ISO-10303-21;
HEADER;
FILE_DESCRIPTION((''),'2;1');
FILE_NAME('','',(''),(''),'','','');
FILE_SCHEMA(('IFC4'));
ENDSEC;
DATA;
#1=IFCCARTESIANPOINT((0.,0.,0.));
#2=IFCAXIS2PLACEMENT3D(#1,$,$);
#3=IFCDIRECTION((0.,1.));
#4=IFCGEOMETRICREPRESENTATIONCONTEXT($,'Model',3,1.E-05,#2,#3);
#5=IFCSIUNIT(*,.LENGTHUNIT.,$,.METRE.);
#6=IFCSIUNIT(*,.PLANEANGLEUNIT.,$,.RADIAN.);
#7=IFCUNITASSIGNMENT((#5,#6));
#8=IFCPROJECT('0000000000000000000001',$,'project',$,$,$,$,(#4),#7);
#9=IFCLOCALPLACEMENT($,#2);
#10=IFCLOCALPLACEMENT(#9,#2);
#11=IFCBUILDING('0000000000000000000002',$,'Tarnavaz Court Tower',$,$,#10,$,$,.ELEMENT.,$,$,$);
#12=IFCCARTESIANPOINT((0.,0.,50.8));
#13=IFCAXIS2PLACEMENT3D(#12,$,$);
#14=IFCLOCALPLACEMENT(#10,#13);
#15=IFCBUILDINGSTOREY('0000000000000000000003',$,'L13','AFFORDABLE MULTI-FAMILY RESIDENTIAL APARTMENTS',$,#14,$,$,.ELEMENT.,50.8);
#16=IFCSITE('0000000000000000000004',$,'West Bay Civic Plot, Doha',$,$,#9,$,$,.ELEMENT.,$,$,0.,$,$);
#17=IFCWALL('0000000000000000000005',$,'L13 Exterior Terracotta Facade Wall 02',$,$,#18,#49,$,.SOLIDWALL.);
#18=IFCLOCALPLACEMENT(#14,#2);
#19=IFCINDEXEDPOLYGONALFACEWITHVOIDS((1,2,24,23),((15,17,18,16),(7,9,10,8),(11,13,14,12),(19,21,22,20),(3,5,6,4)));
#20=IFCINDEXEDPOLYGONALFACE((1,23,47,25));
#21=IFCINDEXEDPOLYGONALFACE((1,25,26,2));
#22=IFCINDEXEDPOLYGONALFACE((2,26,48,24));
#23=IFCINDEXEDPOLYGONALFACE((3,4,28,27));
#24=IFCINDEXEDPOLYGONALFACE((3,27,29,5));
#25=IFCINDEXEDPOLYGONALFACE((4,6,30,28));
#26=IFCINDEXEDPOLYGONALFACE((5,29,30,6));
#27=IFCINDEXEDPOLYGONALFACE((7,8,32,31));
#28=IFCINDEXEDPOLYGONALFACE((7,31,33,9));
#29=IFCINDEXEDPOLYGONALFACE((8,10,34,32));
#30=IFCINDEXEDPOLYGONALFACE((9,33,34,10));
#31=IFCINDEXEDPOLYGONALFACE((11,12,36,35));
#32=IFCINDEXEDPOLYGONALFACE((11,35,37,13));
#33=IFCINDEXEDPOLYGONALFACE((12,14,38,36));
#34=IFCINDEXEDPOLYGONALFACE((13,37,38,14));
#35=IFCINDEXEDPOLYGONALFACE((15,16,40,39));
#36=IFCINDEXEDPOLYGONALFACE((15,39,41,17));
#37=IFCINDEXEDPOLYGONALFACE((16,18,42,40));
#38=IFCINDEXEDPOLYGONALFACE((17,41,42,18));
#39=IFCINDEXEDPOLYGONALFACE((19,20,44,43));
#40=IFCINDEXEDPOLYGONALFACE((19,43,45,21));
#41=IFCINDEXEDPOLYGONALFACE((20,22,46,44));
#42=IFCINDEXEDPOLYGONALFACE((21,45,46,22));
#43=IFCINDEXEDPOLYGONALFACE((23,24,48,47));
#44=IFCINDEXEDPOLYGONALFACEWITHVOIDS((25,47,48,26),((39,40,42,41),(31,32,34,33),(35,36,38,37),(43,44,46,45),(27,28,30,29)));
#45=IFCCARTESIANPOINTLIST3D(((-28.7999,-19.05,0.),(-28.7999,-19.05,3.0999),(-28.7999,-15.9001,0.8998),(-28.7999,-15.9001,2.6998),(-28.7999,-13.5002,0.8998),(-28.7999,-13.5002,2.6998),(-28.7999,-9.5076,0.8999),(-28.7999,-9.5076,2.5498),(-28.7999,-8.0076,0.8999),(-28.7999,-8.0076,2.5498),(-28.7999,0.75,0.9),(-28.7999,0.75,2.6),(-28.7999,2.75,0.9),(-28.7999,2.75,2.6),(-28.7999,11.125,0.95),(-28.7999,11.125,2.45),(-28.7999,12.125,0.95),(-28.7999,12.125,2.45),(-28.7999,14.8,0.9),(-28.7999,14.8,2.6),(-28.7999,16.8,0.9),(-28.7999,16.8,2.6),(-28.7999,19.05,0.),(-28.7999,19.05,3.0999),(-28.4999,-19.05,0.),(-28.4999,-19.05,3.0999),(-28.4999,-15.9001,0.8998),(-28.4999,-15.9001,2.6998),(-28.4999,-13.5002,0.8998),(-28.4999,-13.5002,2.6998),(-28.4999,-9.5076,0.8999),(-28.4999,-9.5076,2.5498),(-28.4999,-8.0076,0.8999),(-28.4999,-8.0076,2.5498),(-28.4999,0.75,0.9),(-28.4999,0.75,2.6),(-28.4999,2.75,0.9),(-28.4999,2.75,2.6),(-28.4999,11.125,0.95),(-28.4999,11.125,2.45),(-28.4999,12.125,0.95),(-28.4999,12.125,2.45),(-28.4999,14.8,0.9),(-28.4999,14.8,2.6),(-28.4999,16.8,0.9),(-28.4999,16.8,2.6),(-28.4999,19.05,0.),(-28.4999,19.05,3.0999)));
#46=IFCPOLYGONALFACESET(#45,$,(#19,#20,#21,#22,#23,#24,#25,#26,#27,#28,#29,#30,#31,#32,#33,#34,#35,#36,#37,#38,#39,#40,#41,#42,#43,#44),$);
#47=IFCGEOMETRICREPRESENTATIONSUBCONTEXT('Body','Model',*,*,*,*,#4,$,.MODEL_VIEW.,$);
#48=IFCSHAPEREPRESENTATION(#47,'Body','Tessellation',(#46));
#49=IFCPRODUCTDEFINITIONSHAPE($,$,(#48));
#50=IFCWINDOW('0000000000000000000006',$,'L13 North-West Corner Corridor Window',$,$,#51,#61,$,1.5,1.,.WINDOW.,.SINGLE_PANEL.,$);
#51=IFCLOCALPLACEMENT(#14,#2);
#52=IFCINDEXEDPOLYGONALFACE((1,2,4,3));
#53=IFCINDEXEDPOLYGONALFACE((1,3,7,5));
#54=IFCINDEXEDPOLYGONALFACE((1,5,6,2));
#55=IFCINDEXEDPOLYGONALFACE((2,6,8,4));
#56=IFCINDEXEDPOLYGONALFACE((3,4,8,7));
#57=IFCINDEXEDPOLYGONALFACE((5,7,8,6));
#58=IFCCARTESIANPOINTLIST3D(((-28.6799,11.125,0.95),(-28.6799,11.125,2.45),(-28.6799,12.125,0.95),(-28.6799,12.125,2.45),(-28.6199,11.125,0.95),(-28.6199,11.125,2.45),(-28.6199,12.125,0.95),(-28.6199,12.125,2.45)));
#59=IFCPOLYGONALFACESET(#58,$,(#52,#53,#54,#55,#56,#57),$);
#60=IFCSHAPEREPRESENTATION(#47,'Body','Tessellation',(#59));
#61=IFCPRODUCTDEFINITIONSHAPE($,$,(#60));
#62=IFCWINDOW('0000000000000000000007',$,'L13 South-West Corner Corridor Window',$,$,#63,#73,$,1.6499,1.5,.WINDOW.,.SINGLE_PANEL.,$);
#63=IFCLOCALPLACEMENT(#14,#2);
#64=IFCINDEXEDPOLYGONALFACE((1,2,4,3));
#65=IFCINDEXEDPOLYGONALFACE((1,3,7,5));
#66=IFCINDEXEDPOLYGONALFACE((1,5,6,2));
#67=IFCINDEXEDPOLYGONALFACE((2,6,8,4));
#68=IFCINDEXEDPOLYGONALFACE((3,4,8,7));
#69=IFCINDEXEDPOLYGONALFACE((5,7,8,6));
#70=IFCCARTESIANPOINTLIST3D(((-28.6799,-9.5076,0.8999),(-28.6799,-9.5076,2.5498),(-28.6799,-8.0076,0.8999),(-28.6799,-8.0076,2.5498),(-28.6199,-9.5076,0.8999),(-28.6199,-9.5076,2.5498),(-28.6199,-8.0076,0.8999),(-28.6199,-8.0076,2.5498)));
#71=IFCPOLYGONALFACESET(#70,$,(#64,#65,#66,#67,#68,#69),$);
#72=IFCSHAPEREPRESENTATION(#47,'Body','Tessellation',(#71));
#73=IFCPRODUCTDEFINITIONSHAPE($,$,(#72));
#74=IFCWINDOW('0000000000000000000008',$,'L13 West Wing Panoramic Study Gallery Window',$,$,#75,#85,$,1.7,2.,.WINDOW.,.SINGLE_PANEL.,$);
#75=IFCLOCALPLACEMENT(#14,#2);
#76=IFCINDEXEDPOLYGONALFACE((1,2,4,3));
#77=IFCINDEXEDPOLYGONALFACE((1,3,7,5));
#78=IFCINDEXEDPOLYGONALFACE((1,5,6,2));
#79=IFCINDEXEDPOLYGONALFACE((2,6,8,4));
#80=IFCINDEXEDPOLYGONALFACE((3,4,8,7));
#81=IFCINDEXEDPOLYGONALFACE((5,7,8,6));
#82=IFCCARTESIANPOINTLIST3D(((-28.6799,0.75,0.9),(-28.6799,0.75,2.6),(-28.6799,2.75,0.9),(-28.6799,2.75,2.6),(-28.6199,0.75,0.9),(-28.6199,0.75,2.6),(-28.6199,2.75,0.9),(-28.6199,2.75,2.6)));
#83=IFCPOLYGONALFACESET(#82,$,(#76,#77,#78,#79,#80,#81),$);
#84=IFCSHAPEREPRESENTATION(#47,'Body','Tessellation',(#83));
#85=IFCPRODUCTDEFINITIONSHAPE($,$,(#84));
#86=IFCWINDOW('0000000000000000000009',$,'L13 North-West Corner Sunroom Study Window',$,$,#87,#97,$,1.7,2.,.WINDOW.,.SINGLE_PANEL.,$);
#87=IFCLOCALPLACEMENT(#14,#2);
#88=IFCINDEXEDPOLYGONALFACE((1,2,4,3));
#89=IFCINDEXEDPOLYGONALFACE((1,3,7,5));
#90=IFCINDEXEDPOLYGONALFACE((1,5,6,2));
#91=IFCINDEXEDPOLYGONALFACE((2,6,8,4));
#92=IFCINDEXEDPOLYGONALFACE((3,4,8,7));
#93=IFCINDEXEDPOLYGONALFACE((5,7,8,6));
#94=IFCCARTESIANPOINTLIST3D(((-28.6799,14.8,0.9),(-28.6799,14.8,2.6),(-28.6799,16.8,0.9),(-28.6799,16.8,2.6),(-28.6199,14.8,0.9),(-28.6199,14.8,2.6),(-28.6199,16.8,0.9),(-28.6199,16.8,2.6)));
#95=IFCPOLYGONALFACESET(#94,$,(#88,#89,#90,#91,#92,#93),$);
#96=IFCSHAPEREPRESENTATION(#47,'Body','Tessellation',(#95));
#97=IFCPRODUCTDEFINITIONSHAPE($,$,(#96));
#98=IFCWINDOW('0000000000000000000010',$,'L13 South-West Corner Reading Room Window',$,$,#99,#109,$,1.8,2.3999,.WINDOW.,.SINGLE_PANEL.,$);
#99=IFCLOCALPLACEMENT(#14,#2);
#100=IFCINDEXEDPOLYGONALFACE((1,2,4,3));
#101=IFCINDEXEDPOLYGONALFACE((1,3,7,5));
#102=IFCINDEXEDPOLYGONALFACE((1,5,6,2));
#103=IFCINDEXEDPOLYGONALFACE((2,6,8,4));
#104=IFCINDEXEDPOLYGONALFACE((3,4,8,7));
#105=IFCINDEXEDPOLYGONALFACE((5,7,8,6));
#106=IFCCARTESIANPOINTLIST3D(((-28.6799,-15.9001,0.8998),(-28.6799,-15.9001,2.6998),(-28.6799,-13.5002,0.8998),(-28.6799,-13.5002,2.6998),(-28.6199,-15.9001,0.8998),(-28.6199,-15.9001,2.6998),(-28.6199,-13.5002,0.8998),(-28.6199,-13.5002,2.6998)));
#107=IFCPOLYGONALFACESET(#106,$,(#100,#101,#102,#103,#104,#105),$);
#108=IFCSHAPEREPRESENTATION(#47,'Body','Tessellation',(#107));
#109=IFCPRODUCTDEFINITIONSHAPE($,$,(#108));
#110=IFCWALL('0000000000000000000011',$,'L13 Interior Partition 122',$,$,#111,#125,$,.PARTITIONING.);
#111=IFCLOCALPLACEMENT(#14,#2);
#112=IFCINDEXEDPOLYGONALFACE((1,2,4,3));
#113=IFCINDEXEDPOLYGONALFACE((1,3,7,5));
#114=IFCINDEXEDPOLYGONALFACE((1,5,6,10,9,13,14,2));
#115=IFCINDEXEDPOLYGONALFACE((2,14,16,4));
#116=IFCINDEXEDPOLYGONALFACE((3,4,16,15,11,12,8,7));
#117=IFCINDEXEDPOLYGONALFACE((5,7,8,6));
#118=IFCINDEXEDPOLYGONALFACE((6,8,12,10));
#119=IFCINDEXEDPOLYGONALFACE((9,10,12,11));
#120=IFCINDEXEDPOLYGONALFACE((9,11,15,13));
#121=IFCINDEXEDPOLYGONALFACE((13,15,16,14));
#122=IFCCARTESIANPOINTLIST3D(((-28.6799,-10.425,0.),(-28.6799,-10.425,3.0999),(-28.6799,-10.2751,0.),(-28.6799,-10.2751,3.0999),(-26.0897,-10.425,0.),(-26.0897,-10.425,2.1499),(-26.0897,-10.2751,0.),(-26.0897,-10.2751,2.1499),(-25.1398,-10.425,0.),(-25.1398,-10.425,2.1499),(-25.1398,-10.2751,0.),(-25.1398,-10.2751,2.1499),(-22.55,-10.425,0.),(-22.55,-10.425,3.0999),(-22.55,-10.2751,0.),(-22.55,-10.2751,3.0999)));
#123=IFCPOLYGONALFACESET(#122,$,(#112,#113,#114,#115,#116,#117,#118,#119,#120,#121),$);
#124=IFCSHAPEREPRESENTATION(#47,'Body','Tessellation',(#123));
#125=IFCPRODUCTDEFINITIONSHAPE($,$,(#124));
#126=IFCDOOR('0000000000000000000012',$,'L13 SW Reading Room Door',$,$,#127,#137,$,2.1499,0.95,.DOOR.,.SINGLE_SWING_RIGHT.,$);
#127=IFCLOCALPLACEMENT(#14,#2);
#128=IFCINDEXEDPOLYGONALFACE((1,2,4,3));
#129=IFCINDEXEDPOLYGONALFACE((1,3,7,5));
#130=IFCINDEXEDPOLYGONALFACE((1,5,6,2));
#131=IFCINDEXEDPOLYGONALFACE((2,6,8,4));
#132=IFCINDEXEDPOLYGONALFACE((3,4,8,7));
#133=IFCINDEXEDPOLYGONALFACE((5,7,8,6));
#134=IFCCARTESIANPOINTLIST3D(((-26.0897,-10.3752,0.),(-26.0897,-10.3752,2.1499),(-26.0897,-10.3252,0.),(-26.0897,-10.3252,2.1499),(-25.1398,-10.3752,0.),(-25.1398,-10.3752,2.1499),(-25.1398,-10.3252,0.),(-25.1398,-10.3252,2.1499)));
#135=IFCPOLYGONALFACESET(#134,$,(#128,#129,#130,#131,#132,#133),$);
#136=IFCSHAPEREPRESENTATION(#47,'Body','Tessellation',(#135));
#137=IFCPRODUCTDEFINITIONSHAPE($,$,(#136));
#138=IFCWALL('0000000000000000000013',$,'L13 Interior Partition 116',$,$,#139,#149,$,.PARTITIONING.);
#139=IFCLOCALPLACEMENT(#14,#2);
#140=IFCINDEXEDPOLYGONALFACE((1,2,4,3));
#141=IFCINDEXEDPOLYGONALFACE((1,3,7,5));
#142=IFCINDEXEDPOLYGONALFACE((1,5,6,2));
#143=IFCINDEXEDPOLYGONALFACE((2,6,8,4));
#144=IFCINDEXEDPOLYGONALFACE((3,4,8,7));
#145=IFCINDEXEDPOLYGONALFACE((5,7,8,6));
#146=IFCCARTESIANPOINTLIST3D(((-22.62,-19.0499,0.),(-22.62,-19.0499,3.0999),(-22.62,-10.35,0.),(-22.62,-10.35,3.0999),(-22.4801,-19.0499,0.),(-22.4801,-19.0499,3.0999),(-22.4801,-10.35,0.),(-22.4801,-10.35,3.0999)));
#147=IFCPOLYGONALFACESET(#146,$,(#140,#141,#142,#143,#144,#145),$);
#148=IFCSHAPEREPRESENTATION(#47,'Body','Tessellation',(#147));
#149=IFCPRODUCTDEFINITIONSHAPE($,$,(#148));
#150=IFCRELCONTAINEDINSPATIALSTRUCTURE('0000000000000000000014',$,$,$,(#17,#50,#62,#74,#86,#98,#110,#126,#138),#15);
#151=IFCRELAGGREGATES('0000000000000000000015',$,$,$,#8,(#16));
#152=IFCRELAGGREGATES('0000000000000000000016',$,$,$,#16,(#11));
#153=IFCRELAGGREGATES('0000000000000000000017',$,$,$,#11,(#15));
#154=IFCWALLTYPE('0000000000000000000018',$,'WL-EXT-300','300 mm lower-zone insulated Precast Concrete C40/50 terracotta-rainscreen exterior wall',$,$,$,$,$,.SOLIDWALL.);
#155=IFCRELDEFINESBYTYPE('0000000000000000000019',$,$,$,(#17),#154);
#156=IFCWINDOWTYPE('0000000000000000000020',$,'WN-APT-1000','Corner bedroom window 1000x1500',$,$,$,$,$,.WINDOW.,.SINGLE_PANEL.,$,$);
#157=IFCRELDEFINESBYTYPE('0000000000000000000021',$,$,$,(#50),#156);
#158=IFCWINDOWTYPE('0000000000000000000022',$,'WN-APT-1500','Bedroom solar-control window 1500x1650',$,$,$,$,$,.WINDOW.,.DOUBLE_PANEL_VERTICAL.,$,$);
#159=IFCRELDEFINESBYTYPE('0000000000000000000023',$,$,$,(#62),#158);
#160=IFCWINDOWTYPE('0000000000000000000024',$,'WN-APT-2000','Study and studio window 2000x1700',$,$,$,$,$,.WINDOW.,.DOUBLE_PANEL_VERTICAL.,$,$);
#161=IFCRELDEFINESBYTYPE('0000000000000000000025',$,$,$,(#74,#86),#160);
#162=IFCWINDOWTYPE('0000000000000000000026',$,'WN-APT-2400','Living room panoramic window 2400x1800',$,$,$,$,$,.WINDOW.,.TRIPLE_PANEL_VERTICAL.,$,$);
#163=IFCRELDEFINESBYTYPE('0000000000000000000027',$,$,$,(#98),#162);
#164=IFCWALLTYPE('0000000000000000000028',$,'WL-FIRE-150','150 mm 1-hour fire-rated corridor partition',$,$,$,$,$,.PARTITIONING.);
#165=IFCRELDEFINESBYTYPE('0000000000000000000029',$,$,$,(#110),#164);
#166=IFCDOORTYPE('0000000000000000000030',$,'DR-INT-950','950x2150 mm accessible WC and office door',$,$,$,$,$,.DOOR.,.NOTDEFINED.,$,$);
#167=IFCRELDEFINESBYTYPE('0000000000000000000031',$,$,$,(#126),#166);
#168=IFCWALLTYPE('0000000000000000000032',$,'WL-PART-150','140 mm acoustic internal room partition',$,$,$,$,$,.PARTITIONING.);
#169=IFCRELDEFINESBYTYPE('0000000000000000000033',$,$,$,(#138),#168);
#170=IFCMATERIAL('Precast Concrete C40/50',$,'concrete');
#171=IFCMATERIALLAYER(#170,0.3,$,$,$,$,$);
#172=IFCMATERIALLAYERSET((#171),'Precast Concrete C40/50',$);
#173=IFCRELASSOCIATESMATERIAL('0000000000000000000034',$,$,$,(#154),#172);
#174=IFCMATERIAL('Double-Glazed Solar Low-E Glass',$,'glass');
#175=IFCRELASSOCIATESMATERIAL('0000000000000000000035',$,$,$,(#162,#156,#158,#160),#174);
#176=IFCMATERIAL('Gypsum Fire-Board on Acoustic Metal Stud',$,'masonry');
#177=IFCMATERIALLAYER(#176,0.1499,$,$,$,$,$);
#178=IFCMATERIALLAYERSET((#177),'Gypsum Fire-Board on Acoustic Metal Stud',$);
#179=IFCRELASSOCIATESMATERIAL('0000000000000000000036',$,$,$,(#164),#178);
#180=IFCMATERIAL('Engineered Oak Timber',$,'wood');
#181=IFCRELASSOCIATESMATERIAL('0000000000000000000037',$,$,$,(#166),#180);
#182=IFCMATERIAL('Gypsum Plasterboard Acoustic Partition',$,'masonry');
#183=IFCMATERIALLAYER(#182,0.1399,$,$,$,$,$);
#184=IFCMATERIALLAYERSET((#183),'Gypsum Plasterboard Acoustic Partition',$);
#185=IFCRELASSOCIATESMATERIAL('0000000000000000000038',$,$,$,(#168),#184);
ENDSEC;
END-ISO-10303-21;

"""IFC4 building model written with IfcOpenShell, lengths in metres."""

from ifc_helpers import new_model, si_unit, direction, frame, frame_2d, origin, place, context, subcontext, project, spatial, rectangle, extrude, material, layer, layer_set, type_object, element, fill, save


model = new_model("IFC4")

# Units and contexts
model_context = context("Model", 3, precision=1e-05, world=origin(), true_north=direction((0.0, 1.0)))
body_context = subcontext(model_context, "Body", "Model", "MODEL_VIEW")
ifc_project = project(units=[si_unit("LENGTHUNIT", "METRE"), si_unit("PLANEANGLEUNIT", "RADIAN")], contexts=[model_context])

# Site, building, storey
site_placement = place(None, origin())
site = spatial("IfcSite", under=ifc_project, at=site_placement, Name="West Bay Civic Plot, Doha", CompositionType="ELEMENT", RefElevation=0.0)
building_placement = place(site_placement, origin())
building = spatial("IfcBuilding", under=site, at=building_placement, Name="Tarnavaz Court Tower", CompositionType="ELEMENT")
storey_placement = place(building_placement, frame((0.0, 0.0, 50.8)))
storey = spatial("IfcBuildingStorey", under=building, at=storey_placement, Name="L13", Description="AFFORDABLE MULTI-FAMILY RESIDENTIAL APARTMENTS", CompositionType="ELEMENT", Elevation=50.8)

# Shared definitions
ifc_material_1 = material(Name="Precast Concrete C40/50", Category="concrete")
ifc_layer_1 = layer(ifc_material_1, 0.3)
ifc_layer_set_1 = layer_set([ifc_layer_1], Name="Precast Concrete C40/50")
wall_type_1 = type_object("IfcWallType", Name="WL-EXT-300", Description="300 mm lower-zone insulated Precast Concrete C40/50 terracotta-rainscreen exterior wall", PredefinedType="SOLIDWALL", material=ifc_layer_set_1)
ifc_material_2 = material(Name="Double-Glazed Solar Low-E Glass", Category="glass")
window_type_1 = type_object("IfcWindowType", Name="WN-APT-2400", Description="Living room panoramic window 2400x1800", PartitioningType="TRIPLE_PANEL_VERTICAL", PredefinedType="WINDOW", material=ifc_material_2)

# Wall, openings, windows
wall_1_placement = place(storey_placement, frame((-28.6499, -19.05, 0.0), z_axis=(0.0, 0.0, 1.0), x_axis=(0.0, 1.0, 0.0)))
wall_1 = element("IfcWall", 1, at=wall_1_placement, inside=storey, type_object=wall_type_1, Name="L13 Exterior Terracotta Facade Wall 02", PredefinedType="SOLIDWALL", context=body_context, shape_type="SweptSolid", body=[
    extrude(rectangle(XDim=38.1001, YDim=0.3, at=frame_2d((19.05, 0.0))), origin(), (0.0, 0.0, 1.0), 3.0999),
])
opening_1_placement = place(wall_1_placement, frame((3.1499, 0.0, 0.8999)))
opening_1 = element("IfcOpeningElement", 2, at=opening_1_placement, cuts=wall_1, PredefinedType="OPENING", context=body_context, shape_type="SweptSolid", body=[
    extrude(rectangle(XDim=2.3999, YDim=1.8, at=frame_2d((1.2, 0.8999))), frame((0.0, 0.1599, 0.0), z_axis=(0.0, -1.0, 0.0), x_axis=(1.0, 0.0, 0.0)), (0.0, 0.0, 1.0), 0.3201),
])
opening_2_placement = place(wall_1_placement, frame((9.5425, 0.0, 0.8999)))
opening_2 = element("IfcOpeningElement", 3, at=opening_2_placement, cuts=wall_1, PredefinedType="OPENING", context=body_context, shape_type="SweptSolid", body=[
    extrude(rectangle(XDim=1.5, YDim=1.6499, at=frame_2d((0.75, 0.825))), frame((0.0, 0.1599, 0.0), z_axis=(0.0, -1.0, 0.0), x_axis=(1.0, 0.0, 0.0)), (0.0, 0.0, 1.0), 0.3201),
])
opening_3_placement = place(wall_1_placement, frame((19.8, 0.0, 0.8999)))
opening_3 = element("IfcOpeningElement", 4, at=opening_3_placement, cuts=wall_1, PredefinedType="OPENING", context=body_context, shape_type="SweptSolid", body=[
    extrude(rectangle(XDim=2.0, YDim=1.7, at=frame_2d((1.0, 0.8501))), frame((0.0, 0.1599, 0.0), z_axis=(0.0, -1.0, 0.0), x_axis=(1.0, 0.0, 0.0)), (0.0, 0.0, 1.0), 0.3201),
])
opening_4_placement = place(wall_1_placement, frame((30.175, 0.0, 0.95)))
opening_4 = element("IfcOpeningElement", 5, at=opening_4_placement, cuts=wall_1, PredefinedType="OPENING", context=body_context, shape_type="SweptSolid", body=[
    extrude(rectangle(XDim=1.0, YDim=1.5, at=frame_2d((0.5, 0.75))), frame((0.0, 0.1599, 0.0), z_axis=(0.0, -1.0, 0.0), x_axis=(1.0, 0.0, 0.0)), (0.0, 0.0, 1.0), 0.3201),
])
opening_5_placement = place(wall_1_placement, frame((33.8501, 0.0, 0.8999)))
opening_5 = element("IfcOpeningElement", 6, at=opening_5_placement, cuts=wall_1, PredefinedType="OPENING", context=body_context, shape_type="SweptSolid", body=[
    extrude(rectangle(XDim=2.0, YDim=1.7, at=frame_2d((1.0, 0.8501))), frame((0.0, 0.1599, 0.0), z_axis=(0.0, -1.0, 0.0), x_axis=(1.0, 0.0, 0.0)), (0.0, 0.0, 1.0), 0.3201),
])
window_type_2 = type_object("IfcWindowType", Name="WN-APT-1000", Description="Corner bedroom window 1000x1500", PartitioningType="SINGLE_PANEL", PredefinedType="WINDOW", material=ifc_material_2)
window_1_placement = place(opening_4_placement, origin())
window_1 = element("IfcWindow", 7, at=window_1_placement, inside=storey, type_object=window_type_2, Name="L13 North-West Corner Corridor Window", OverallHeight=1.5, OverallWidth=1.0, PartitioningType="SINGLE_PANEL", PredefinedType="WINDOW", context=body_context, shape_type="SweptSolid", body=[
    extrude(rectangle(XDim=1.0, YDim=1.5, at=frame_2d((0.5, 0.75))), frame((0.0, 0.03, 0.0), z_axis=(0.0, -1.0, 0.0), x_axis=(1.0, 0.0, 0.0)), (0.0, 0.0, 1.0), 0.0601),
])
fill(opening_4, window_1)
window_type_3 = type_object("IfcWindowType", Name="WN-APT-1500", Description="Bedroom solar-control window 1500x1650", PartitioningType="DOUBLE_PANEL_VERTICAL", PredefinedType="WINDOW", material=ifc_material_2)
window_2_placement = place(opening_2_placement, origin())
window_2 = element("IfcWindow", 8, at=window_2_placement, inside=storey, type_object=window_type_3, Name="L13 South-West Corner Corridor Window", OverallHeight=1.6499, OverallWidth=1.5, PartitioningType="SINGLE_PANEL", PredefinedType="WINDOW", context=body_context, shape_type="SweptSolid", body=[
    extrude(rectangle(XDim=1.5, YDim=1.6499, at=frame_2d((0.75, 0.825))), frame((0.0, 0.03, 0.0), z_axis=(0.0, -1.0, 0.0), x_axis=(1.0, 0.0, 0.0)), (0.0, 0.0, 1.0), 0.0601),
])
fill(opening_2, window_2)
window_type_4 = type_object("IfcWindowType", Name="WN-APT-2000", Description="Study and studio window 2000x1700", PartitioningType="DOUBLE_PANEL_VERTICAL", PredefinedType="WINDOW", material=ifc_material_2)
window_3_placement = place(opening_3_placement, origin())
window_3 = element("IfcWindow", 9, at=window_3_placement, inside=storey, type_object=window_type_4, Name="L13 West Wing Panoramic Study Gallery Window", OverallHeight=1.7, OverallWidth=2.0, PartitioningType="SINGLE_PANEL", PredefinedType="WINDOW", context=body_context, shape_type="SweptSolid", body=[
    extrude(rectangle(XDim=2.0, YDim=1.7, at=frame_2d((1.0, 0.8501))), frame((0.0, 0.03, 0.0), z_axis=(0.0, -1.0, 0.0), x_axis=(1.0, 0.0, 0.0)), (0.0, 0.0, 1.0), 0.0601),
])
fill(opening_3, window_3)
window_4_placement = place(opening_5_placement, origin())
window_4 = element("IfcWindow", 10, at=window_4_placement, inside=storey, type_object=window_type_4, Name="L13 North-West Corner Sunroom Study Window", OverallHeight=1.7, OverallWidth=2.0, PartitioningType="SINGLE_PANEL", PredefinedType="WINDOW", context=body_context, shape_type="SweptSolid", body=[
    extrude(rectangle(XDim=2.0, YDim=1.7, at=frame_2d((1.0, 0.8501))), frame((0.0, 0.03, 0.0), z_axis=(0.0, -1.0, 0.0), x_axis=(1.0, 0.0, 0.0)), (0.0, 0.0, 1.0), 0.0601),
])
fill(opening_5, window_4)
window_5_placement = place(opening_1_placement, origin())
window_5 = element("IfcWindow", 11, at=window_5_placement, inside=storey, type_object=window_type_1, Name="L13 South-West Corner Reading Room Window", OverallHeight=1.8, OverallWidth=2.3999, PartitioningType="SINGLE_PANEL", PredefinedType="WINDOW", context=body_context, shape_type="SweptSolid", body=[
    extrude(rectangle(XDim=2.3999, YDim=1.8, at=frame_2d((1.2, 0.8999))), frame((0.0, 0.03, 0.0), z_axis=(0.0, -1.0, 0.0), x_axis=(1.0, 0.0, 0.0)), (0.0, 0.0, 1.0), 0.0601),
])
fill(opening_1, window_5)

# Shared definitions
ifc_material_3 = material(Name="Gypsum Fire-Board on Acoustic Metal Stud", Category="masonry")
ifc_layer_2 = layer(ifc_material_3, 0.1499)
ifc_layer_set_2 = layer_set([ifc_layer_2], Name="Gypsum Fire-Board on Acoustic Metal Stud")
wall_type_2 = type_object("IfcWallType", Name="WL-FIRE-150", Description="150 mm 1-hour fire-rated corridor partition", PredefinedType="PARTITIONING", material=ifc_layer_set_2)
ifc_material_4 = material(Name="Engineered Oak Timber", Category="wood")
door_type = type_object("IfcDoorType", Name="DR-INT-950", Description="950x2150 mm accessible WC and office door", OperationType="NOTDEFINED", PredefinedType="DOOR", material=ifc_material_4)

# Wall, opening, door
wall_2_placement = place(storey_placement, frame((-28.6799, -10.3501, 0.0), z_axis=(0.0, 0.0, 1.0), x_axis=(1.0, 0.0, 0.0)))
wall_2 = element("IfcWall", 12, at=wall_2_placement, inside=storey, type_object=wall_type_2, Name="L13 Interior Partition 122", PredefinedType="PARTITIONING", context=body_context, shape_type="SweptSolid", body=[
    extrude(rectangle(XDim=6.1299, YDim=0.1499, at=frame_2d((3.0649, 0.0))), origin(), (0.0, 0.0, 1.0), 3.0999),
])
opening_6_placement = place(wall_2_placement, frame((2.5901, 0.0, 0.0)))
opening_6 = element("IfcOpeningElement", 13, at=opening_6_placement, cuts=wall_2, PredefinedType="OPENING", context=body_context, shape_type="SweptSolid", body=[
    extrude(rectangle(XDim=0.95, YDim=2.1499, at=frame_2d((0.4751, 1.075))), frame((0.0, 0.085, 0.0), z_axis=(0.0, -1.0, 0.0), x_axis=(1.0, 0.0, 0.0)), (0.0, 0.0, 1.0), 0.1699),
])
door_1_placement = place(opening_6_placement, origin())
door_1 = element("IfcDoor", 14, at=door_1_placement, inside=storey, type_object=door_type, Name="L13 SW Reading Room Door", OperationType="SINGLE_SWING_RIGHT", OverallHeight=2.1499, OverallWidth=0.95, PredefinedType="DOOR", context=body_context, shape_type="SweptSolid", body=[
    extrude(rectangle(XDim=0.95, YDim=2.1499, at=frame_2d((0.4751, 1.075))), frame((0.0, 0.0249, 0.0), z_axis=(0.0, -1.0, 0.0), x_axis=(1.0, 0.0, 0.0)), (0.0, 0.0, 1.0), 0.05),
])
fill(opening_6, door_1)

# Wall
ifc_material_5 = material(Name="Gypsum Plasterboard Acoustic Partition", Category="masonry")
ifc_layer_3 = layer(ifc_material_5, 0.1399)
ifc_layer_set_3 = layer_set([ifc_layer_3], Name="Gypsum Plasterboard Acoustic Partition")
wall_type_3 = type_object("IfcWallType", Name="WL-PART-150", Description="140 mm acoustic internal room partition", PredefinedType="PARTITIONING", material=ifc_layer_set_3)
wall_3_placement = place(storey_placement, frame((-22.55, -19.05, 0.0), z_axis=(0.0, 0.0, 1.0), x_axis=(0.0, 1.0, 0.0)))
element("IfcWall", 15, at=wall_3_placement, inside=storey, type_object=wall_type_3, Name="L13 Interior Partition 116", PredefinedType="PARTITIONING", context=body_context, shape_type="SweptSolid", body=[
    extrude(rectangle(XDim=8.7, YDim=0.1399, at=frame_2d((4.3501, 0.0))), origin(), (0.0, 0.0, 1.0), 3.0999),
])

save(model, "model.ifc")
